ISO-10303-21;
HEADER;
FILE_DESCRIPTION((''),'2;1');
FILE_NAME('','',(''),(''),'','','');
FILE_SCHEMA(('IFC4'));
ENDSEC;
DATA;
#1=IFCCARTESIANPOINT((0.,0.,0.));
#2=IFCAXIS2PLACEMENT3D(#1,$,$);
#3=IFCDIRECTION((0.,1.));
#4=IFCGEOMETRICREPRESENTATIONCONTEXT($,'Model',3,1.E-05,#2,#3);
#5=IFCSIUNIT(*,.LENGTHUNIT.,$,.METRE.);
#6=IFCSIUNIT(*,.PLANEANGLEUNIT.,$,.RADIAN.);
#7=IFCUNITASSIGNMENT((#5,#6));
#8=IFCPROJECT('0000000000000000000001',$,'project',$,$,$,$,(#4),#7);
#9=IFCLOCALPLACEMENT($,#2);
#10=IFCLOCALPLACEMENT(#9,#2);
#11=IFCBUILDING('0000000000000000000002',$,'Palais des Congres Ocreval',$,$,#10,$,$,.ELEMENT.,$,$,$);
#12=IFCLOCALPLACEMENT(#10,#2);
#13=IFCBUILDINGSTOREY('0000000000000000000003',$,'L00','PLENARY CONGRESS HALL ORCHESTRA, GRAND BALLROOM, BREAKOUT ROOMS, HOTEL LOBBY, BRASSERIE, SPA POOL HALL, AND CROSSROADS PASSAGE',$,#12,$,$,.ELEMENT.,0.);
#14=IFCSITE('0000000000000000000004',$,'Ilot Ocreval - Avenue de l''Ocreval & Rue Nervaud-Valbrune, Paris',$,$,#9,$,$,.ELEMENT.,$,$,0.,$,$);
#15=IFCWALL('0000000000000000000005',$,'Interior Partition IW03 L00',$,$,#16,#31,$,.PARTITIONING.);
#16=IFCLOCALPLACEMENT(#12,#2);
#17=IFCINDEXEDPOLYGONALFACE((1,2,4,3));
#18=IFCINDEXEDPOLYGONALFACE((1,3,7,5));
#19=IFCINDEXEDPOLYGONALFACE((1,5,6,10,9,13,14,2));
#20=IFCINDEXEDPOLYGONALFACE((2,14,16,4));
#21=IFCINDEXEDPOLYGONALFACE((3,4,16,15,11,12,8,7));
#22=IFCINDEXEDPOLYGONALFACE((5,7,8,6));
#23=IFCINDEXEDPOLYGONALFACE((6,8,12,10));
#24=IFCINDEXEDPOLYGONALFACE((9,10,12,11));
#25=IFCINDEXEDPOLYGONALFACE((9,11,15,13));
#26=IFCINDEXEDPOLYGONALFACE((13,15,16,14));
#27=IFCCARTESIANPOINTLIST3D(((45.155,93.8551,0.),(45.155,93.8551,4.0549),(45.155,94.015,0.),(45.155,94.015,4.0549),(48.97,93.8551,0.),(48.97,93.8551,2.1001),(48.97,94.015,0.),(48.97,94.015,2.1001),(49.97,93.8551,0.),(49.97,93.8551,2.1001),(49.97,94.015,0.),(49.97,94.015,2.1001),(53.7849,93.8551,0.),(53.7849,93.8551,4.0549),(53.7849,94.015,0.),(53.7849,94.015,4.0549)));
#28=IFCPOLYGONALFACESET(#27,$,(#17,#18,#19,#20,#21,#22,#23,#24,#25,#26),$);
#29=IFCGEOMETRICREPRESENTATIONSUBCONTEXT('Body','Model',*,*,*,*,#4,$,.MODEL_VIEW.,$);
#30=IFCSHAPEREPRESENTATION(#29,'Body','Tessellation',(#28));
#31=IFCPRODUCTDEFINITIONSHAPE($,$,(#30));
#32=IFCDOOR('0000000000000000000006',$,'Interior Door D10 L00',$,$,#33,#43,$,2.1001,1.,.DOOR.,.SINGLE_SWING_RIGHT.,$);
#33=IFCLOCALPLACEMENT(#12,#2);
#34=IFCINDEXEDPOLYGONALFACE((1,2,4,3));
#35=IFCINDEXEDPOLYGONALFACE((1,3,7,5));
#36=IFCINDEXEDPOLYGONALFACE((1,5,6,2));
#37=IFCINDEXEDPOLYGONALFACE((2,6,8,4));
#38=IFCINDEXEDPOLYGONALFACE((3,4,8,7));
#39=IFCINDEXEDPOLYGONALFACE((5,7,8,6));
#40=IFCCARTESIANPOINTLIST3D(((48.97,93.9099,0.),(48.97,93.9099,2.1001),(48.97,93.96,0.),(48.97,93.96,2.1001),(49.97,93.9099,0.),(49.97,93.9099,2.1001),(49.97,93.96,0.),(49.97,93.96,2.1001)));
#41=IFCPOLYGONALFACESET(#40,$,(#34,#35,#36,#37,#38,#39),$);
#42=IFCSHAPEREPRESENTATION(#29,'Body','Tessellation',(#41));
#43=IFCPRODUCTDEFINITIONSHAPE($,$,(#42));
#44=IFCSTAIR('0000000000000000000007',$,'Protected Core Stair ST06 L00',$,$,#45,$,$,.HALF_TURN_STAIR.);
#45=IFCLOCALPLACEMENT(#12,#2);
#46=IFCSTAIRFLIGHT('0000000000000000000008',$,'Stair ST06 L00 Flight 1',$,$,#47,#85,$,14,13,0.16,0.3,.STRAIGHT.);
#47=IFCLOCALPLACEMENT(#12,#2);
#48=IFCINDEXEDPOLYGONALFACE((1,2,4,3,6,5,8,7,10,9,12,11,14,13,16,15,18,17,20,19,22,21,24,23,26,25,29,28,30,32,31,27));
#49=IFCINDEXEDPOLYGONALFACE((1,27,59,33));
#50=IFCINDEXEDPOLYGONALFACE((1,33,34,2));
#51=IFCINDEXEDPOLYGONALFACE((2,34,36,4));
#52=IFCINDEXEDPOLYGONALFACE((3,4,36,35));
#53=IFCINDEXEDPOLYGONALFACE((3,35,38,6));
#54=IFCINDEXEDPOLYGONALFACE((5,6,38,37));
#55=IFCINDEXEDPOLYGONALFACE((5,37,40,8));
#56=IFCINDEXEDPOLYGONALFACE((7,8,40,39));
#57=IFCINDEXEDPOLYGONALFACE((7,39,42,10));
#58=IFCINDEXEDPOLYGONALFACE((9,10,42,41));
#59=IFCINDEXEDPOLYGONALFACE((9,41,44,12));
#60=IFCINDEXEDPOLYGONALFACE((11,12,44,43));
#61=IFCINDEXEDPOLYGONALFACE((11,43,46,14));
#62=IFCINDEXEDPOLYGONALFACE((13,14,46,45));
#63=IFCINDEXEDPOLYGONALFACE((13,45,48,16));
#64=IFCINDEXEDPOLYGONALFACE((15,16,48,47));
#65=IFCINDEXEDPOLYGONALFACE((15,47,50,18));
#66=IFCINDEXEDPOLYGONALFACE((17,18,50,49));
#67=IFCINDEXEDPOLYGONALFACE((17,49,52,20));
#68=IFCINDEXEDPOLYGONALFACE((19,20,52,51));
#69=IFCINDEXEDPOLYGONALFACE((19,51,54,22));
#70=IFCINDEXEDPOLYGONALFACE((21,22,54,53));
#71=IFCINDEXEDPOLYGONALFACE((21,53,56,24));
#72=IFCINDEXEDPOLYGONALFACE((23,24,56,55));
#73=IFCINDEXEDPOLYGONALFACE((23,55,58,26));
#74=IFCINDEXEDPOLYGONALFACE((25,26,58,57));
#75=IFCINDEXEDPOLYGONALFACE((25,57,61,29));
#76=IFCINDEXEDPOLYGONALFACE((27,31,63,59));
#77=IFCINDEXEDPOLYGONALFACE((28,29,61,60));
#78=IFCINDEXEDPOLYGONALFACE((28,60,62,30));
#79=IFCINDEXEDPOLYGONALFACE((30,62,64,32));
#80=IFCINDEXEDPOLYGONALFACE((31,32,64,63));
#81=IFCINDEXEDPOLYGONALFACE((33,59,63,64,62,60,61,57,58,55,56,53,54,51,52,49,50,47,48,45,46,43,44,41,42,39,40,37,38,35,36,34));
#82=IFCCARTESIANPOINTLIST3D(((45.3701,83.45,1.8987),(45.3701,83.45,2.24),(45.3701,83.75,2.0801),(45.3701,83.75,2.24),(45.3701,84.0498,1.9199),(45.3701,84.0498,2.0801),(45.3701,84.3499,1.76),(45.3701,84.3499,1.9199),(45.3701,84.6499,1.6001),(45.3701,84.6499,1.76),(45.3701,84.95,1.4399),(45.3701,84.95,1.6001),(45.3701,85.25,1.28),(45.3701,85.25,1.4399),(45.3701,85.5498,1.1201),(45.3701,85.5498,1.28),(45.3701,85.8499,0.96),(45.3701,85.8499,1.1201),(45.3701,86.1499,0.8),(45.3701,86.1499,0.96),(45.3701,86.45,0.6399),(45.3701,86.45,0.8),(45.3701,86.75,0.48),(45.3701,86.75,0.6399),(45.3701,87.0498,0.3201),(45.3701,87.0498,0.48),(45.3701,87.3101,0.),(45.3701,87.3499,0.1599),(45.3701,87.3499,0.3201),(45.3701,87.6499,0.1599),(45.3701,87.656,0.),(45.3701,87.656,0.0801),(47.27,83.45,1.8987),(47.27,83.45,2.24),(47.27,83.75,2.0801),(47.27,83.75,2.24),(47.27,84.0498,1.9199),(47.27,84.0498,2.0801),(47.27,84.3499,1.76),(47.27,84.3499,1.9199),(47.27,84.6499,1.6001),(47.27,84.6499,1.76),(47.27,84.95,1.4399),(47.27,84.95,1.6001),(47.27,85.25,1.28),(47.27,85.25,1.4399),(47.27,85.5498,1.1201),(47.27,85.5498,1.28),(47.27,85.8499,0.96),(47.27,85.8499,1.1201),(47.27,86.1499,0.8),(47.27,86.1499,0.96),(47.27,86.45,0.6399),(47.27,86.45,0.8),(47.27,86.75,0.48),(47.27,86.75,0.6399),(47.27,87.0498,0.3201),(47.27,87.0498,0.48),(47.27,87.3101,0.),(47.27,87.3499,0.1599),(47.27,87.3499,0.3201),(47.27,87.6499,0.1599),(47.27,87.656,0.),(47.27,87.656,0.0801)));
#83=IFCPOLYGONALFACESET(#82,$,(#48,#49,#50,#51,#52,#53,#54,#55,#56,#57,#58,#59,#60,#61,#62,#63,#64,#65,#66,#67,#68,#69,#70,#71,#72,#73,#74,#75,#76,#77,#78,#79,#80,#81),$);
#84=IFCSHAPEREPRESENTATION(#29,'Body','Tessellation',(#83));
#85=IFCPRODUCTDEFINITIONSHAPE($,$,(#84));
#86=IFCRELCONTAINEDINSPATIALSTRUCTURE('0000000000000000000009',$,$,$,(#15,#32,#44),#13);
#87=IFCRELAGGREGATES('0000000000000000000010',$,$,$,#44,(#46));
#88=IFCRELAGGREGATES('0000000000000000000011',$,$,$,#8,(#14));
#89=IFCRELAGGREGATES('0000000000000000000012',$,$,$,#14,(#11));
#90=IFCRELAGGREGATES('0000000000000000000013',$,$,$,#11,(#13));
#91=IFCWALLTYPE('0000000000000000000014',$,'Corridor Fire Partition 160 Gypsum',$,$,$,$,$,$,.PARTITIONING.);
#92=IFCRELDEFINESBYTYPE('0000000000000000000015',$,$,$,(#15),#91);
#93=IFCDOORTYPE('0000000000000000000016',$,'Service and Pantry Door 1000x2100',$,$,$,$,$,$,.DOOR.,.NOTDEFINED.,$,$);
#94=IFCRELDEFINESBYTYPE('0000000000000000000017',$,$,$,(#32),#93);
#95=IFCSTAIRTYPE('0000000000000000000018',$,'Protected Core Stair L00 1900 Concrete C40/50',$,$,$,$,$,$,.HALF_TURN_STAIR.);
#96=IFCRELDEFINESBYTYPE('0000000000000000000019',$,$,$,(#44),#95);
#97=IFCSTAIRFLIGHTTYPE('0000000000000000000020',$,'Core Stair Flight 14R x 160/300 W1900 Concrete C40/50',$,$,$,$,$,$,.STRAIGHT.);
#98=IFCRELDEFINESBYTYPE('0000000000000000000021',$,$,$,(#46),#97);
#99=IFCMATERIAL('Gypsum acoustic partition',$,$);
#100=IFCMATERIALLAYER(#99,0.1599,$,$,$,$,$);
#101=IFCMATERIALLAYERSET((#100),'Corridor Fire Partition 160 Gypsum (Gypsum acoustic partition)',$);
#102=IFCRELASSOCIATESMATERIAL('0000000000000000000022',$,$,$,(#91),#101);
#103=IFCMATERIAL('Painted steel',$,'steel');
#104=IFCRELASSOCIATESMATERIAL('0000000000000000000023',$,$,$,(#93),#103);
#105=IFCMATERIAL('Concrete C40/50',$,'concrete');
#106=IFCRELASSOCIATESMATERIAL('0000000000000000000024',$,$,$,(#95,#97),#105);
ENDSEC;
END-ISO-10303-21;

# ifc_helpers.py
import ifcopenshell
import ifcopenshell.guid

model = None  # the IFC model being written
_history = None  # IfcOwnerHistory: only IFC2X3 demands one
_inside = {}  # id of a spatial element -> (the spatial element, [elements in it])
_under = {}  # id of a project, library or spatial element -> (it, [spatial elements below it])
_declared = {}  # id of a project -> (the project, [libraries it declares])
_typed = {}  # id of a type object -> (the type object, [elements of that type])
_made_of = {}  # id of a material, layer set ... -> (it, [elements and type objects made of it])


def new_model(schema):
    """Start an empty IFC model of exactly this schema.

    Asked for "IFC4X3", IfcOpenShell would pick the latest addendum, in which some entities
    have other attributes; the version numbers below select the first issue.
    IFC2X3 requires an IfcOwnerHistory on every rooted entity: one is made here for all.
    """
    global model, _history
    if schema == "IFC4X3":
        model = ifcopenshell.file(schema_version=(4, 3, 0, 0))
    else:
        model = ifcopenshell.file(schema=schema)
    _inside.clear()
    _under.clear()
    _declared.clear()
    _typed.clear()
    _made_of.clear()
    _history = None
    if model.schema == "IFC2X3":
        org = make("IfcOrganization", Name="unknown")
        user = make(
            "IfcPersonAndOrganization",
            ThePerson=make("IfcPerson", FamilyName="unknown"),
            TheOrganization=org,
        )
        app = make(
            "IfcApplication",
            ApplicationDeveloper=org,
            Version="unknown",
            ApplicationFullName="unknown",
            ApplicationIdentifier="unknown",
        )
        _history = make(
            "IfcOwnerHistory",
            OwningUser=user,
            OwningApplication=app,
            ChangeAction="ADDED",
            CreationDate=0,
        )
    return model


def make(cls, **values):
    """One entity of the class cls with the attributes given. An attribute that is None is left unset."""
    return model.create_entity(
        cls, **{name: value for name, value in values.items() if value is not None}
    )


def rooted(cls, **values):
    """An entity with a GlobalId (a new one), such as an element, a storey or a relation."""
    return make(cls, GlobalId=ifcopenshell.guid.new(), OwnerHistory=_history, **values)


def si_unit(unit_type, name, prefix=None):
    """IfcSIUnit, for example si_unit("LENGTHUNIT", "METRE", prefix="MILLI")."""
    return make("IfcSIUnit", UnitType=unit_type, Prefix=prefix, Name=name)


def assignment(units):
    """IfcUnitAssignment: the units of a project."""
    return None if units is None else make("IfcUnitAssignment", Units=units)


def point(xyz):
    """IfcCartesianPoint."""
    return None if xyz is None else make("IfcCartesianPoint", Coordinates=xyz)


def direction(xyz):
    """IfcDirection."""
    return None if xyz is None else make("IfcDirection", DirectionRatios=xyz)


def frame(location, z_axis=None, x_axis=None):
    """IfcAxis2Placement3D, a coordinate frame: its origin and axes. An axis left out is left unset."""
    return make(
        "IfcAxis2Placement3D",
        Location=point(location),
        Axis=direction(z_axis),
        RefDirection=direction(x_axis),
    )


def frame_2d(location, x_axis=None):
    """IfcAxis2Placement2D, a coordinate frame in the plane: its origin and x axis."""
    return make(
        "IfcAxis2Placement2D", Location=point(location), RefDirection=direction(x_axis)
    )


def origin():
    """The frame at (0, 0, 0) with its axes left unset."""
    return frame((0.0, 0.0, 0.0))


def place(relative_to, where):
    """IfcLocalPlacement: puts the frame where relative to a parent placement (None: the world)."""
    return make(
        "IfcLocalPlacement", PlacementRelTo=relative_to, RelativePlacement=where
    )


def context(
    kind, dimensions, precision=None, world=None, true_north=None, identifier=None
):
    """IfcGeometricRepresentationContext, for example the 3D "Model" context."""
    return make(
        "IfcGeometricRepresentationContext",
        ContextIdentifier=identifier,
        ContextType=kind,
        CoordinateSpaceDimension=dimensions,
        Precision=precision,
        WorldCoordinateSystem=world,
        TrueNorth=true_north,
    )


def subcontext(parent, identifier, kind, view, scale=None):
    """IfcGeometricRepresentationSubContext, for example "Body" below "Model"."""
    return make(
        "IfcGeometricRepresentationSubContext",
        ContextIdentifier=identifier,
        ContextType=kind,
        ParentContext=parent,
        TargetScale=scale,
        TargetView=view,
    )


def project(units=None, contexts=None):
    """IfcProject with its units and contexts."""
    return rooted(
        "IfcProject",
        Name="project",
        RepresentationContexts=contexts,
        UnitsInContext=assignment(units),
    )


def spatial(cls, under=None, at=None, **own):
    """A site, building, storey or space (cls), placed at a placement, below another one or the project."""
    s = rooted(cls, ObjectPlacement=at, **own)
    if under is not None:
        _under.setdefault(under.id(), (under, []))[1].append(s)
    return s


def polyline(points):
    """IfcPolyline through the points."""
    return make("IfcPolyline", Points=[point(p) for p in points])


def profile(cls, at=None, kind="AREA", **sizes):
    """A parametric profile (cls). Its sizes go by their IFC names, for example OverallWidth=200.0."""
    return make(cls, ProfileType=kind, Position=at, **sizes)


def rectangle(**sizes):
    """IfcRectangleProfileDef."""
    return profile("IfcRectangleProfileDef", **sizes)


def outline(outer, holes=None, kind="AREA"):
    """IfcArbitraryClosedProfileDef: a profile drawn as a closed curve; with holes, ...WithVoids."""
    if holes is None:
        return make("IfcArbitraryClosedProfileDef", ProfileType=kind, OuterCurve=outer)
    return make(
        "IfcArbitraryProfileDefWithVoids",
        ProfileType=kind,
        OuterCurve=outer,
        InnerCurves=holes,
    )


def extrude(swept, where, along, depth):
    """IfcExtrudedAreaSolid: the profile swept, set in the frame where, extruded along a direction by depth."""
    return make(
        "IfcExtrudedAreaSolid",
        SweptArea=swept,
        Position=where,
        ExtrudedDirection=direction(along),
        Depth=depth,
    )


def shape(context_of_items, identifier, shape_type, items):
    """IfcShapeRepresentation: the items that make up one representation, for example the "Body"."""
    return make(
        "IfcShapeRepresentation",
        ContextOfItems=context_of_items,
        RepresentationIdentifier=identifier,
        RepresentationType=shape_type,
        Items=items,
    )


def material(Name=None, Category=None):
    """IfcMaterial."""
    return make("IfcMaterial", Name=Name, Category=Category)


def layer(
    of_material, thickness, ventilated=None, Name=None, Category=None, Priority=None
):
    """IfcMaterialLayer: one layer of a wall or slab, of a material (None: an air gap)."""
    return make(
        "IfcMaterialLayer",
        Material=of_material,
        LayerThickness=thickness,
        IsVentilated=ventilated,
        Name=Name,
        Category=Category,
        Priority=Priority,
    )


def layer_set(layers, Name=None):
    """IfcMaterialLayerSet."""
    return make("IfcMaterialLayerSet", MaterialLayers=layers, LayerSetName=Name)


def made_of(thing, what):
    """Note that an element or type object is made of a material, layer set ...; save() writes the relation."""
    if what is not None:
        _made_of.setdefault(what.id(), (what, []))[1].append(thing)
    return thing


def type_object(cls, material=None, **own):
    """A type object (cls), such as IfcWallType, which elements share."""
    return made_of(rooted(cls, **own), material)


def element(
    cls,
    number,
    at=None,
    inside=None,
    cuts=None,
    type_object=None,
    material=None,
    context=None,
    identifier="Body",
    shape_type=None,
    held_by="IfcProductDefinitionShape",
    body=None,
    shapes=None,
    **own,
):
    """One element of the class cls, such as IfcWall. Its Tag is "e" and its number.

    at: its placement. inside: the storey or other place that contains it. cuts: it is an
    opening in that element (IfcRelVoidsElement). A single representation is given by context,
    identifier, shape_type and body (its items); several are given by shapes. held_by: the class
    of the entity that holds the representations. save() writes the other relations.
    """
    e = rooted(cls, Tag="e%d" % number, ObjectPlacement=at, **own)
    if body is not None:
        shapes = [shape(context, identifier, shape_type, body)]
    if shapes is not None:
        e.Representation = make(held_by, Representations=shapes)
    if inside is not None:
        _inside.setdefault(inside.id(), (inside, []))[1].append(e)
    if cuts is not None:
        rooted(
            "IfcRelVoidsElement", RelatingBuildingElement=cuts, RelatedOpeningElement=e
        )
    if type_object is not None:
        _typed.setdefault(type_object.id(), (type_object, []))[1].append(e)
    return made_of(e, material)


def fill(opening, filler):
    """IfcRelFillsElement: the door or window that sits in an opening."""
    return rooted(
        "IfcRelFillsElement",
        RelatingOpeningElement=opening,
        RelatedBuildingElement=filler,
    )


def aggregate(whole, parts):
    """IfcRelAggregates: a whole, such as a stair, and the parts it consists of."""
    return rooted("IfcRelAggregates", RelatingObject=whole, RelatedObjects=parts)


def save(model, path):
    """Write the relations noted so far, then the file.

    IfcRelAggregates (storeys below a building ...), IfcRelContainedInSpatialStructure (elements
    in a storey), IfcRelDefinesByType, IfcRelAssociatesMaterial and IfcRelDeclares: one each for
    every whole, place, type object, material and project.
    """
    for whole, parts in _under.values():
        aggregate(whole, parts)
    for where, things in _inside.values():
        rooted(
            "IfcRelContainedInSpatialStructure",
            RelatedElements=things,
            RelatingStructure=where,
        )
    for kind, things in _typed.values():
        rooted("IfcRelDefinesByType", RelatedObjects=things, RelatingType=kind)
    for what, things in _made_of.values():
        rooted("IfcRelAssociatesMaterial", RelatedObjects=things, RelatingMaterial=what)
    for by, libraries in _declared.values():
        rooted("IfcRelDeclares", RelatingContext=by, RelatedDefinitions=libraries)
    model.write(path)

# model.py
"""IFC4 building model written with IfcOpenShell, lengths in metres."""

from ifc_helpers import new_model, si_unit, direction, frame, frame_2d, origin, place, context, subcontext, project, spatial, polyline, rectangle, outline, extrude, material, layer, layer_set, type_object, element, fill, aggregate, save


model = new_model("IFC4")

# Units and contexts
model_context = context("Model", 3, precision=1e-05, world=origin(), true_north=direction((0.0, 1.0)))
body_context = subcontext(model_context, "Body", "Model", "MODEL_VIEW")
ifc_project = project(units=[si_unit("LENGTHUNIT", "METRE"), si_unit("PLANEANGLEUNIT", "RADIAN")], contexts=[model_context])

# Site, building, storey
site_placement = place(None, origin())
site = spatial("IfcSite", under=ifc_project, at=site_placement, Name="Ilot Ocreval - Avenue de l'Ocreval & Rue Nervaud-Valbrune, Paris", CompositionType="ELEMENT", RefElevation=0.0)
building_placement = place(site_placement, origin())
building = spatial("IfcBuilding", under=site, at=building_placement, Name="Palais des Congres Ocreval", CompositionType="ELEMENT")
storey_placement = place(building_placement, origin())
storey = spatial("IfcBuildingStorey", under=building, at=storey_placement, Name="L00", Description="PLENARY CONGRESS HALL ORCHESTRA, GRAND BALLROOM, BREAKOUT ROOMS, HOTEL LOBBY, BRASSERIE, SPA POOL HALL, AND CROSSROADS PASSAGE", CompositionType="ELEMENT", Elevation=0.0)

# Shared definitions
ifc_material_1 = material(Name="Concrete C40/50", Category="concrete")

# Wall, opening, door
ifc_material_2 = material(Name="Gypsum acoustic partition")
ifc_layer_1 = layer(ifc_material_2, 0.1599)
ifc_layer_set_1 = layer_set([ifc_layer_1], Name="Corridor Fire Partition 160 Gypsum (Gypsum acoustic partition)")
wall_type_1 = type_object("IfcWallType", Name="Corridor Fire Partition 160 Gypsum", PredefinedType="PARTITIONING", material=ifc_layer_set_1)
wall_1_placement = place(storey_placement, frame((45.155, 93.9351, 0.0), z_axis=(0.0, 0.0, 1.0), x_axis=(1.0, 0.0, 0.0)))
wall_1 = element("IfcWall", 1, at=wall_1_placement, inside=storey, type_object=wall_type_1, Name="Interior Partition IW03 L00", PredefinedType="PARTITIONING", context=body_context, shape_type="SweptSolid", body=[
    extrude(rectangle(XDim=8.6299, YDim=0.1599, at=frame_2d((4.3149, 0.0))), origin(), (0.0, 0.0, 1.0), 4.0549),
])
opening_1_placement = place(wall_1_placement, frame((3.8149, 0.0, 0.0)))
opening_1 = element("IfcOpeningElement", 2, at=opening_1_placement, cuts=wall_1, PredefinedType="OPENING", context=body_context, shape_type="SweptSolid", body=[
    extrude(rectangle(XDim=1.0, YDim=2.1001, at=frame_2d((0.5, 1.05))), frame((0.0, 0.0898, 0.0), z_axis=(0.0, -1.0, 0.0), x_axis=(1.0, 0.0, 0.0)), (0.0, 0.0, 1.0), 0.1799),
])
ifc_material_3 = material(Name="Painted steel", Category="steel")
door_type_1 = type_object("IfcDoorType", Name="Service and Pantry Door 1000x2100", OperationType="NOTDEFINED", PredefinedType="DOOR", material=ifc_material_3)
door_1_placement = place(opening_1_placement, origin())
door_1 = element("IfcDoor", 3, at=door_1_placement, inside=storey, type_object=door_type_1, Name="Interior Door D10 L00", OperationType="SINGLE_SWING_RIGHT", OverallHeight=2.1001, OverallWidth=1.0, PredefinedType="DOOR", context=body_context, shape_type="SweptSolid", body=[
    extrude(rectangle(XDim=1.0, YDim=2.1001, at=frame_2d((0.5, 1.05))), frame((0.0, 0.0249, 0.0), z_axis=(0.0, -1.0, 0.0), x_axis=(1.0, 0.0, 0.0)), (0.0, 0.0, 1.0), 0.05),
])
fill(opening_1, door_1)

# Stair, stair flight
stair_type = type_object("IfcStairType", Name="Protected Core Stair L00 1900 Concrete C40/50", PredefinedType="HALF_TURN_STAIR", material=ifc_material_1)
stair_placement = place(storey_placement, origin())
stair = element("IfcStair", 4, at=stair_placement, inside=storey, type_object=stair_type, Name="Protected Core Stair ST06 L00", PredefinedType="HALF_TURN_STAIR")
stair_flight_type = type_object("IfcStairFlightType", Name="Core Stair Flight 14R x 160/300 W1900 Concrete C40/50", PredefinedType="STRAIGHT", material=ifc_material_1)
stair_flight_placement = place(storey_placement, frame((46.3201, 87.6499, 0.0), z_axis=(0.0, 0.0, 1.0), x_axis=(0.0, -1.0, 0.0)))
stair_flight = element("IfcStairFlight", 5, at=stair_flight_placement, type_object=stair_flight_type, Name="Stair ST06 L00 Flight 1", NumberOfRisers=14, NumberOfTreads=13, PredefinedType="STRAIGHT", RiserHeight=0.16, TreadLength=0.3, context=body_context, shape_type="SweptSolid", body=[
    extrude(outline(polyline([(-0.0061, 0.0), (-0.0061, 0.0801), (0.0, 0.1599), (0.3, 0.1599), (0.3, 0.3201), (0.6001, 0.3201), (0.6001, 0.48), (0.8999, 0.48), (0.8999, 0.6399), (1.2, 0.6399), (1.2, 0.8), (1.5, 0.8), (1.5, 0.96), (1.8, 0.96), (1.8, 1.1201), (2.1001, 1.1201), (2.1001, 1.28), (2.3999, 1.28), (2.3999, 1.4399), (2.7, 1.4399), (2.7, 1.6001), (3.0, 1.6001), (3.0, 1.76), (3.3, 1.76), (3.3, 1.9199), (3.6001, 1.9199), (3.6001, 2.0801), (3.8999, 2.0801), (3.8999, 2.24), (4.2, 2.24), (4.2, 1.8987), (0.3398, 0.0), (-0.0061, 0.0)])), frame((0.0, 0.95, 0.0), z_axis=(0.0, -1.0, 0.0), x_axis=(1.0, 0.0, 0.0)), (0.0, 0.0, 1.0), 1.8999),
])
aggregate(stair, [stair_flight])

save(model, "model.ifc")
